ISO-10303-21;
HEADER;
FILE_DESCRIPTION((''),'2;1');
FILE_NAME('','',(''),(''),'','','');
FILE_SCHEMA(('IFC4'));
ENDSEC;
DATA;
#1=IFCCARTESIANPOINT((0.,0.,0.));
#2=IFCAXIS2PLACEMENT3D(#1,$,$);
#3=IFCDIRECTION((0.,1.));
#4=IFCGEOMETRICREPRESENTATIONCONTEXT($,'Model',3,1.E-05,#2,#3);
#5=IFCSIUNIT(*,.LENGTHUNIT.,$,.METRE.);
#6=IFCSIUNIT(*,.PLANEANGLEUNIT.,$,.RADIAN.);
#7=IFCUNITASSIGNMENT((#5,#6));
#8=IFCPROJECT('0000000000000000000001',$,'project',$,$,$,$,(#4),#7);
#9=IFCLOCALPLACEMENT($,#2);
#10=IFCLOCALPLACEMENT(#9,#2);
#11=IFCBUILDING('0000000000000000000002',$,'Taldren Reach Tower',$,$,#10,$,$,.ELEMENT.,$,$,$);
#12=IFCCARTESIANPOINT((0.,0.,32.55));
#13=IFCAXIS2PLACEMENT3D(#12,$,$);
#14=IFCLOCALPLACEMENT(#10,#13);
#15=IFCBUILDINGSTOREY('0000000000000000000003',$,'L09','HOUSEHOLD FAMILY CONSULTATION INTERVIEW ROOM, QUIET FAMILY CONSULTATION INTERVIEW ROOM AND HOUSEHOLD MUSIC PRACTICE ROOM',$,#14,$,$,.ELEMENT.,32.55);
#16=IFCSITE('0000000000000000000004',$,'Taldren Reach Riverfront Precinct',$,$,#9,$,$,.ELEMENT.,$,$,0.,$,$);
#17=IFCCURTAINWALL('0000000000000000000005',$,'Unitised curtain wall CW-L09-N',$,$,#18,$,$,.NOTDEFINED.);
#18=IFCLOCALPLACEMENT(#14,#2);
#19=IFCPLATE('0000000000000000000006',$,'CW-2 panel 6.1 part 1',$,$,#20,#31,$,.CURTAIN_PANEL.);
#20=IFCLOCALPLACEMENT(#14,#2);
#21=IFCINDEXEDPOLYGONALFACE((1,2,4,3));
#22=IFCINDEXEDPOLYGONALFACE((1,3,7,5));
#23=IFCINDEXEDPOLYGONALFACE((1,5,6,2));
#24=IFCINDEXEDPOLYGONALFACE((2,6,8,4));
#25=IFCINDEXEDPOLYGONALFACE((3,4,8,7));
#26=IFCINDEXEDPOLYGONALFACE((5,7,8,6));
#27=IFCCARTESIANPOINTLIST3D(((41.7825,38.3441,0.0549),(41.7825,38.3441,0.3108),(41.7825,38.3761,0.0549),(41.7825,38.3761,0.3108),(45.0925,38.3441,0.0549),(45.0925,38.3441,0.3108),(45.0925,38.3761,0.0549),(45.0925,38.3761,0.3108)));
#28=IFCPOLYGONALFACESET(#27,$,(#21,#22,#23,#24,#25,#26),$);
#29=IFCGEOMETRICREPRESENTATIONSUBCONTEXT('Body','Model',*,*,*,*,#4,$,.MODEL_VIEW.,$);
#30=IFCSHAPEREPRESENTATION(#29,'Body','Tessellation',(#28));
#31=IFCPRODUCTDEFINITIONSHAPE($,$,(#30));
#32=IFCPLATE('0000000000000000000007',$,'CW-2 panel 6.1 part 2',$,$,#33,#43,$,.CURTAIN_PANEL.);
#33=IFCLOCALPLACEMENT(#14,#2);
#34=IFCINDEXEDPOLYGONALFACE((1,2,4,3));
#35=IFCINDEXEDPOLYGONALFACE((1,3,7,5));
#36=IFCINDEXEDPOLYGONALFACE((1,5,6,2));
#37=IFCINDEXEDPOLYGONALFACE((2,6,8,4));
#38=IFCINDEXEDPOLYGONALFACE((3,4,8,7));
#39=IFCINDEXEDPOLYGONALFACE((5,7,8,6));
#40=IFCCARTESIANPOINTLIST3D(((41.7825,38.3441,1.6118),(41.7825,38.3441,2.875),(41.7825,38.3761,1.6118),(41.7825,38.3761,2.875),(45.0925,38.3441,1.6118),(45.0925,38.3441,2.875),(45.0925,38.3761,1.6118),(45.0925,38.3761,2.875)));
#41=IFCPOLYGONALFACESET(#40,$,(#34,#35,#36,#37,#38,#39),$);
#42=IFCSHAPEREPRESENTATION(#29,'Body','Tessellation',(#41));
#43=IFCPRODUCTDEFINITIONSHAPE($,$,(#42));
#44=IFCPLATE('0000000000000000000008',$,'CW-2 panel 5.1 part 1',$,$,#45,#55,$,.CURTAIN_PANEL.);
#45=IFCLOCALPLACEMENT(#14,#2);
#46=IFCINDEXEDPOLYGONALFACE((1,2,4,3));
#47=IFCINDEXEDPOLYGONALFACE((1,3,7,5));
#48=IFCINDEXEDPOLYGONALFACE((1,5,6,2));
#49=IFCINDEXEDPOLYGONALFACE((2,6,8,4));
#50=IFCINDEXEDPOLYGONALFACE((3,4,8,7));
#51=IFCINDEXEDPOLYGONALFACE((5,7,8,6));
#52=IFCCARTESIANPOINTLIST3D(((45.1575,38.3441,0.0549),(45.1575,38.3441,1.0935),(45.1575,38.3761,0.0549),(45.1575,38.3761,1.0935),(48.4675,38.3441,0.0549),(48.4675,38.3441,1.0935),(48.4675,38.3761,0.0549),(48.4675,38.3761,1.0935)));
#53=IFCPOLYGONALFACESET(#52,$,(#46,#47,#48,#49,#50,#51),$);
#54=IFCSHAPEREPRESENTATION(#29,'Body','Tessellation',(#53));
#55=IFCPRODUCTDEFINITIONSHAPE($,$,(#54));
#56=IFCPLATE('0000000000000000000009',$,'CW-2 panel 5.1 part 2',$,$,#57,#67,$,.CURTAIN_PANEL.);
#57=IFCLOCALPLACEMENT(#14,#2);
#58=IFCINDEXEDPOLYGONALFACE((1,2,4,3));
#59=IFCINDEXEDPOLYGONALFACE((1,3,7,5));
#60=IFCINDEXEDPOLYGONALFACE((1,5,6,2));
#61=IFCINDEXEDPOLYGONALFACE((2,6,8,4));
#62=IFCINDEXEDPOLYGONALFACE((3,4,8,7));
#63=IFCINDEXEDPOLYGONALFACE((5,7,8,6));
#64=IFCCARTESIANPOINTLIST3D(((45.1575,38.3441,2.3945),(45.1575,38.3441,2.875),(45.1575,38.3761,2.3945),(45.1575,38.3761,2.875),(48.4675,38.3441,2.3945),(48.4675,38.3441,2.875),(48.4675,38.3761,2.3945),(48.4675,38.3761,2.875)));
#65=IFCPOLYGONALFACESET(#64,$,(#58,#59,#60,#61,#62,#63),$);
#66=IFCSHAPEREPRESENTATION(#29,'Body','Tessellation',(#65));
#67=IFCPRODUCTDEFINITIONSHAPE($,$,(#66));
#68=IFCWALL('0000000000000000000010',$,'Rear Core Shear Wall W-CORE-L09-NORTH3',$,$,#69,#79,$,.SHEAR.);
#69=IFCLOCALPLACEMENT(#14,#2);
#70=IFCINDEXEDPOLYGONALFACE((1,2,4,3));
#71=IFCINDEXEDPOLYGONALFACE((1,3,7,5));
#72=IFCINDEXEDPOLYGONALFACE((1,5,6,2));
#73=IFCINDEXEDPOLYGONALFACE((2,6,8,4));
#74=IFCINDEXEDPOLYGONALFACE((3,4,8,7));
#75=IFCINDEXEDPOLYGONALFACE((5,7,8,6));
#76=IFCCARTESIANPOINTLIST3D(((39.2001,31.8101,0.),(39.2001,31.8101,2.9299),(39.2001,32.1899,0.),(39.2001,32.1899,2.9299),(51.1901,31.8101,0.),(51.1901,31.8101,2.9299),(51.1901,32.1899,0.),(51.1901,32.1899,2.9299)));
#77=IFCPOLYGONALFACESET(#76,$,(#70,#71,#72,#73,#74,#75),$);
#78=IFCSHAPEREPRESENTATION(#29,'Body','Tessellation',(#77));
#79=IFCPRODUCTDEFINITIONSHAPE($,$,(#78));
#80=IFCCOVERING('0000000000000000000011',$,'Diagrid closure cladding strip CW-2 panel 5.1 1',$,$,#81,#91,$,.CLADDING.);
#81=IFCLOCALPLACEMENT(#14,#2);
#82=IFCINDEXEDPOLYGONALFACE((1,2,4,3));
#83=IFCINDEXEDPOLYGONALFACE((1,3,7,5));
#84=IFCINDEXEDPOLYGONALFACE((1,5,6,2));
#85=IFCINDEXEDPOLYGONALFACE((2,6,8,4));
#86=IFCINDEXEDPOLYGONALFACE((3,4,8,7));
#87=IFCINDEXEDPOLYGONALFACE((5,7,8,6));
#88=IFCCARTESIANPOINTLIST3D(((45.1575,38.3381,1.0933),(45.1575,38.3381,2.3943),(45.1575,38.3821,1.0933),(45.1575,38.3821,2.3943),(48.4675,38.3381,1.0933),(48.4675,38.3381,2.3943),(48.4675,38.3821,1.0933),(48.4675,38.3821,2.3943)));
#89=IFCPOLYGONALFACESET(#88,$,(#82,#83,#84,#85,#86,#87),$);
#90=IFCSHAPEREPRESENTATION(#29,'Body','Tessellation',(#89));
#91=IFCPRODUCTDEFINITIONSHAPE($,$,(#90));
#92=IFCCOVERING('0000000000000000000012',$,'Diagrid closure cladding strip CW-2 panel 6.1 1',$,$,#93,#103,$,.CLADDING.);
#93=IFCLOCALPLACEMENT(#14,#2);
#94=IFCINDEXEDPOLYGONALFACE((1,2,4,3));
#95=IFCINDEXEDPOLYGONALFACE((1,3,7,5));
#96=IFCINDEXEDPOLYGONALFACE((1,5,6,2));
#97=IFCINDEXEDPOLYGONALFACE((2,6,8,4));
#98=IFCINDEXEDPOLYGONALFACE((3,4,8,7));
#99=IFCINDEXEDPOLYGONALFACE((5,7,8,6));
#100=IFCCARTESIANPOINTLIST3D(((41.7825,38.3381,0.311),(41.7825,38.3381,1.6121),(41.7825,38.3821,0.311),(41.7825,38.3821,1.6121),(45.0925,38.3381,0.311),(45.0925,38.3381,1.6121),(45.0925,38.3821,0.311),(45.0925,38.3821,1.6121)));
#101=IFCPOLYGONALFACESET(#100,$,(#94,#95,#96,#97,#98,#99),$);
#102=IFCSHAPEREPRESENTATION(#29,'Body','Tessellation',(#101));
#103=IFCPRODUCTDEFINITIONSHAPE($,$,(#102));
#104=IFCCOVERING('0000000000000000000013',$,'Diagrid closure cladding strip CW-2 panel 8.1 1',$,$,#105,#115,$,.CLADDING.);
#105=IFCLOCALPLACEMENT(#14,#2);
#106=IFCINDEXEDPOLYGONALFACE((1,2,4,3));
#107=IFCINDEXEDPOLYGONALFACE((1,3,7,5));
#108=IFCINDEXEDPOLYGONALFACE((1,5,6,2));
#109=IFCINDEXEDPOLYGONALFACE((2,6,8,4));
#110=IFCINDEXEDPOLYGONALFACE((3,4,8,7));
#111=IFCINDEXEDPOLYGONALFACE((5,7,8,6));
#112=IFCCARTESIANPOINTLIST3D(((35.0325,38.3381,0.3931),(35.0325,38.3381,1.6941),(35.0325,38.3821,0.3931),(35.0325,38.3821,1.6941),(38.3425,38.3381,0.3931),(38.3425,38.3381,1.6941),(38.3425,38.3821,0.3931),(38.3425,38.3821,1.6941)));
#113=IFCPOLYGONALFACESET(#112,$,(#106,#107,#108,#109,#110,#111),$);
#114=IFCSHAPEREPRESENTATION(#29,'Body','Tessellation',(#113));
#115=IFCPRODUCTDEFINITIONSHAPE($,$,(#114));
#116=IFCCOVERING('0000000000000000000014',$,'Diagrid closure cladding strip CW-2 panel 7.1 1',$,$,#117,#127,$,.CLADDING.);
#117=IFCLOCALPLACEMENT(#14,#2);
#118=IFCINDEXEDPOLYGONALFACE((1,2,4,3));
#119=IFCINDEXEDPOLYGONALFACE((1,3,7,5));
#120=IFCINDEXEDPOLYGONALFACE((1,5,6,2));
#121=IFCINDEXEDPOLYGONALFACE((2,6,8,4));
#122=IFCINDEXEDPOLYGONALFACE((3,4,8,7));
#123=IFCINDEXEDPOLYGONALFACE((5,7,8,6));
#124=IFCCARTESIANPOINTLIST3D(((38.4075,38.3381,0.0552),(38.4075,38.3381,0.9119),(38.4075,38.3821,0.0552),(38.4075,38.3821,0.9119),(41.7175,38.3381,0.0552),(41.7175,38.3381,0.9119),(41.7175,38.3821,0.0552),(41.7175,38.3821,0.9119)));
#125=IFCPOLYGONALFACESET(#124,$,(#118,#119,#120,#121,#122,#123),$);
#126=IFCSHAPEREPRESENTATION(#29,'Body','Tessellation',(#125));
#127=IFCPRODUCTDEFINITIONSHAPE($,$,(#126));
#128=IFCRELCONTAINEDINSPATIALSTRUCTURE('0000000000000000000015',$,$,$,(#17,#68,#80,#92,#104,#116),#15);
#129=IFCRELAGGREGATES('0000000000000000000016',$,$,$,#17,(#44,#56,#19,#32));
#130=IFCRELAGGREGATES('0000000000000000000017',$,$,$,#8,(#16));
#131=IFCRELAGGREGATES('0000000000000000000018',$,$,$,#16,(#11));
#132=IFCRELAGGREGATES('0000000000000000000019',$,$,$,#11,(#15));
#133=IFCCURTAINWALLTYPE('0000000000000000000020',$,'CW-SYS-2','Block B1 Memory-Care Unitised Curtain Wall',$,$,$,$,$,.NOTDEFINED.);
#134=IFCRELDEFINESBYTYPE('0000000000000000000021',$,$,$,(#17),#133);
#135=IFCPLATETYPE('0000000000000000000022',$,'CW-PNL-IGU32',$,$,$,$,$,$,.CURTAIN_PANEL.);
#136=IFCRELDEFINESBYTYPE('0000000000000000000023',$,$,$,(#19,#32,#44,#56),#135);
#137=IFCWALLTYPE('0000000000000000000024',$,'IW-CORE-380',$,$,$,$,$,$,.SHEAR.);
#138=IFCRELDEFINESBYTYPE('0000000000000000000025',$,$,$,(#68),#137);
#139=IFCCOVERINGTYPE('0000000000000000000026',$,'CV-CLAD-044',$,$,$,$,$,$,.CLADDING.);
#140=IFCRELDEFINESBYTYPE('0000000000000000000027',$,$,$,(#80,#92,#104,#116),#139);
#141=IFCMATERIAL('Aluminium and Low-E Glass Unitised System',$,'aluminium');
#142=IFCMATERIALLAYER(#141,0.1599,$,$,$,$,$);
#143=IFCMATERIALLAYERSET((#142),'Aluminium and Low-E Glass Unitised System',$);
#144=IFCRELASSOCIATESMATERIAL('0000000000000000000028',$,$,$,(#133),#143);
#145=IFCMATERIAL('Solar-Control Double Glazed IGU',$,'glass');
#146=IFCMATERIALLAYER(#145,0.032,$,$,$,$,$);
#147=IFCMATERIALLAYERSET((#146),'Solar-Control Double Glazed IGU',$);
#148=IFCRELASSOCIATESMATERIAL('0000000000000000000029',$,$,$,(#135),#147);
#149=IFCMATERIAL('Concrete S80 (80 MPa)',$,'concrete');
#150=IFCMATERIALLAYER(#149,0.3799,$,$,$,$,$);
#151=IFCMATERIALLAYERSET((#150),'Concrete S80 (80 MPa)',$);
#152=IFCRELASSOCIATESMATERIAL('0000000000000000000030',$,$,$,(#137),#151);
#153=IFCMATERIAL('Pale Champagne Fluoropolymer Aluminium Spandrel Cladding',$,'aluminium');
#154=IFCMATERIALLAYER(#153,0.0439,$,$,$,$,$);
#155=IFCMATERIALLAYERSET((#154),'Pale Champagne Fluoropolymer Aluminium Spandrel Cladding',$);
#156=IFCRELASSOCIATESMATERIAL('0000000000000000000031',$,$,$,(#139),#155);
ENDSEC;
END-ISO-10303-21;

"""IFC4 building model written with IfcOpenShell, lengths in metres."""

from ifc_helpers import new_model, si_unit, direction, frame, frame_2d, origin, origin_2d, place, context, subcontext, project, spatial, rectangle, extrude, source, transform, mapped, material, layer, layer_set, type_object, element, aggregate, save


model = new_model("IFC4")

# Units and contexts
model_context = context("Model", 3, precision=1e-05, world=origin(), true_north=direction((0.0, 1.0)))
body_context = subcontext(model_context, "Body", "Model", "MODEL_VIEW")
ifc_project = project(units=[si_unit("LENGTHUNIT", "METRE"), si_unit("PLANEANGLEUNIT", "RADIAN")], contexts=[model_context])

# Site, building, storey
site_placement = place(None, origin())
site = spatial("IfcSite", under=ifc_project, at=site_placement, Name="Taldren Reach Riverfront Precinct", CompositionType="ELEMENT", RefElevation=0.0)
building_placement = place(site_placement, origin())
building = spatial("IfcBuilding", under=site, at=building_placement, Name="Taldren Reach Tower", CompositionType="ELEMENT")
storey_placement = place(building_placement, frame((0.0, 0.0, 32.55)))
storey = spatial("IfcBuildingStorey", under=building, at=storey_placement, Name="L09", Description="HOUSEHOLD FAMILY CONSULTATION INTERVIEW ROOM, QUIET FAMILY CONSULTATION INTERVIEW ROOM AND HOUSEHOLD MUSIC PRACTICE ROOM", CompositionType="ELEMENT", Elevation=32.55)

# Curtain wall
ifc_material_1 = material(Name="Aluminium and Low-E Glass Unitised System", Category="aluminium")
ifc_layer_1 = layer(ifc_material_1, 0.1599)
ifc_layer_set_1 = layer_set([ifc_layer_1], Name="Aluminium and Low-E Glass Unitised System")
curtain_wall_type = type_object("IfcCurtainWallType", Name="CW-SYS-2", Description="Block B1 Memory-Care Unitised Curtain Wall", PredefinedType="NOTDEFINED", material=ifc_layer_set_1)
curtain_wall_placement = place(storey_placement, origin())
curtain_wall = element("IfcCurtainWall", 1, at=curtain_wall_placement, inside=storey, type_object=curtain_wall_type, Name="Unitised curtain wall CW-L09-N", PredefinedType="NOTDEFINED")

# Plates
ifc_material_2 = material(Name="Solar-Control Double Glazed IGU", Category="glass")
ifc_layer_2 = layer(ifc_material_2, 0.032)
ifc_layer_set_2 = layer_set([ifc_layer_2], Name="Solar-Control Double Glazed IGU")
plate_type_1 = type_object("IfcPlateType", Name="CW-PNL-IGU32", PredefinedType="CURTAIN_PANEL", material=ifc_layer_set_2)
shared_shape_1 = source(origin(), body_context, "Body", "SweptSolid", [
    extrude(rectangle(XDim=3.3101, YDim=0.032, at=origin_2d()), origin(), (0.0, 0.0, 1.0), 0.2559),
])
plate_1_placement = place(storey_placement, frame((43.4375, 38.3601, 0.0549), z_axis=(0.0, 0.0, 1.0), x_axis=(-1.0, 0.0, 0.0)))
plate_1 = element("IfcPlate", 2, at=plate_1_placement, type_object=plate_type_1, Name="CW-2 panel 6.1 part 1", PredefinedType="CURTAIN_PANEL", context=body_context, shape_type="MappedRepresentation", body=[
    mapped(shared_shape_1, transform((0.0, 0.0, 0.0), scale=1.0)),
])
shared_shape_2 = source(origin(), body_context, "Body", "SweptSolid", [
    extrude(rectangle(XDim=3.3101, YDim=0.032, at=origin_2d()), origin(), (0.0, 0.0, 1.0), 1.2632),
])
plate_2_placement = place(storey_placement, frame((43.4375, 38.3601, 1.6118), z_axis=(0.0, 0.0, 1.0), x_axis=(-1.0, 0.0, 0.0)))
plate_2 = element("IfcPlate", 3, at=plate_2_placement, type_object=plate_type_1, Name="CW-2 panel 6.1 part 2", PredefinedType="CURTAIN_PANEL", context=body_context, shape_type="MappedRepresentation", body=[
    mapped(shared_shape_2, transform((0.0, 0.0, 0.0), scale=1.0)),
])
shared_shape_3 = source(origin(), body_context, "Body", "SweptSolid", [
    extrude(rectangle(XDim=3.3101, YDim=0.032, at=origin_2d()), origin(), (0.0, 0.0, 1.0), 1.0386),
])
plate_3_placement = place(storey_placement, frame((46.8125, 38.3601, 0.0549), z_axis=(0.0, 0.0, 1.0), x_axis=(-1.0, 0.0, 0.0)))
plate_3 = element("IfcPlate", 4, at=plate_3_placement, type_object=plate_type_1, Name="CW-2 panel 5.1 part 1", PredefinedType="CURTAIN_PANEL", context=body_context, shape_type="MappedRepresentation", body=[
    mapped(shared_shape_3, transform((0.0, 0.0, 0.0), scale=1.0)),
])
shared_shape_4 = source(origin(), body_context, "Body", "SweptSolid", [
    extrude(rectangle(XDim=3.3101, YDim=0.032, at=origin_2d()), origin(), (0.0, 0.0, 1.0), 0.4805),
])
plate_4_placement = place(storey_placement, frame((46.8125, 38.3601, 2.3945), z_axis=(0.0, 0.0, 1.0), x_axis=(-1.0, 0.0, 0.0)))
plate_4 = element("IfcPlate", 5, at=plate_4_placement, type_object=plate_type_1, Name="CW-2 panel 5.1 part 2", PredefinedType="CURTAIN_PANEL", context=body_context, shape_type="MappedRepresentation", body=[
    mapped(shared_shape_4, transform((0.0, 0.0, 0.0), scale=1.0)),
])
aggregate(curtain_wall, [plate_3, plate_4, plate_1, plate_2])

# Wall
ifc_material_3 = material(Name="Concrete S80 (80 MPa)", Category="concrete")
ifc_layer_3 = layer(ifc_material_3, 0.3799)
ifc_layer_set_3 = layer_set([ifc_layer_3], Name="Concrete S80 (80 MPa)")
wall_type = type_object("IfcWallType", Name="IW-CORE-380", PredefinedType="SHEAR", material=ifc_layer_set_3)
shared_shape_5 = source(origin(), body_context, "Body", "SweptSolid", [
    extrude(rectangle(XDim=11.99, YDim=0.3799, at=frame_2d((5.9951, 0.0))), origin(), (0.0, 0.0, 1.0), 2.9299),
])
wall_placement = place(storey_placement, frame((39.2, 32.0, 0.0), z_axis=(0.0, 0.0, 1.0), x_axis=(1.0, 0.0, 0.0)))
element("IfcWall", 6, at=wall_placement, inside=storey, type_object=wall_type, Name="Rear Core Shear Wall W-CORE-L09-NORTH3", PredefinedType="SHEAR", context=body_context, shape_type="MappedRepresentation", body=[
    mapped(shared_shape_5, transform((0.0, 0.0, 0.0), scale=1.0)),
])

# Coverings
ifc_material_4 = material(Name="Pale Champagne Fluoropolymer Aluminium Spandrel Cladding", Category="aluminium")
ifc_layer_4 = layer(ifc_material_4, 0.0439)
ifc_layer_set_4 = layer_set([ifc_layer_4], Name="Pale Champagne Fluoropolymer Aluminium Spandrel Cladding")
covering_type = type_object("IfcCoveringType", Name="CV-CLAD-044", PredefinedType="CLADDING", material=ifc_layer_set_4)
shared_shape_6 = source(origin(), body_context, "Body", "SweptSolid", [
    extrude(rectangle(XDim=3.3101, YDim=0.0439, at=origin_2d()), origin(), (0.0, 0.0, 1.0), 1.301),
])
for number, where, z_axis, x_axis, name in (
    (7, (46.8125, 38.3601, 1.0933), (0.0, 0.0, 1.0), (-1.0, 0.0, 0.0), "Diagrid closure cladding strip CW-2 panel 5.1 1"),
    (8, (43.4375, 38.3601, 0.311), (0.0, 0.0, 1.0), (-1.0, 0.0, 0.0), "Diagrid closure cladding strip CW-2 panel 6.1 1"),
    (9, (36.6875, 38.3601, 0.3931), (0.0, 0.0, 1.0), (-1.0, 0.0, 0.0), "Diagrid closure cladding strip CW-2 panel 8.1 1"),
):
    element("IfcCovering", number, at=place(storey_placement, frame(where, z_axis=z_axis, x_axis=x_axis)), inside=storey, type_object=covering_type, Name=name, PredefinedType="CLADDING", context=body_context, shape_type="MappedRepresentation", body=[
        mapped(shared_shape_6, transform((0.0, 0.0, 0.0), scale=1.0)),
    ])
shared_shape_7 = source(origin(), body_context, "Body", "SweptSolid", [
    extrude(rectangle(XDim=3.3101, YDim=0.0439, at=origin_2d()), origin(), (0.0, 0.0, 1.0), 0.8567),
])
covering_placement = place(storey_placement, frame((40.0625, 38.3601, 0.0552), z_axis=(0.0, 0.0, 1.0), x_axis=(-1.0, 0.0, 0.0)))
element("IfcCovering", 10, at=covering_placement, inside=storey, type_object=covering_type, Name="Diagrid closure cladding strip CW-2 panel 7.1 1", PredefinedType="CLADDING", context=body_context, shape_type="MappedRepresentation", body=[
    mapped(shared_shape_7, transform((0.0, 0.0, 0.0), scale=1.0)),
])

save(model, "model.ifc")
